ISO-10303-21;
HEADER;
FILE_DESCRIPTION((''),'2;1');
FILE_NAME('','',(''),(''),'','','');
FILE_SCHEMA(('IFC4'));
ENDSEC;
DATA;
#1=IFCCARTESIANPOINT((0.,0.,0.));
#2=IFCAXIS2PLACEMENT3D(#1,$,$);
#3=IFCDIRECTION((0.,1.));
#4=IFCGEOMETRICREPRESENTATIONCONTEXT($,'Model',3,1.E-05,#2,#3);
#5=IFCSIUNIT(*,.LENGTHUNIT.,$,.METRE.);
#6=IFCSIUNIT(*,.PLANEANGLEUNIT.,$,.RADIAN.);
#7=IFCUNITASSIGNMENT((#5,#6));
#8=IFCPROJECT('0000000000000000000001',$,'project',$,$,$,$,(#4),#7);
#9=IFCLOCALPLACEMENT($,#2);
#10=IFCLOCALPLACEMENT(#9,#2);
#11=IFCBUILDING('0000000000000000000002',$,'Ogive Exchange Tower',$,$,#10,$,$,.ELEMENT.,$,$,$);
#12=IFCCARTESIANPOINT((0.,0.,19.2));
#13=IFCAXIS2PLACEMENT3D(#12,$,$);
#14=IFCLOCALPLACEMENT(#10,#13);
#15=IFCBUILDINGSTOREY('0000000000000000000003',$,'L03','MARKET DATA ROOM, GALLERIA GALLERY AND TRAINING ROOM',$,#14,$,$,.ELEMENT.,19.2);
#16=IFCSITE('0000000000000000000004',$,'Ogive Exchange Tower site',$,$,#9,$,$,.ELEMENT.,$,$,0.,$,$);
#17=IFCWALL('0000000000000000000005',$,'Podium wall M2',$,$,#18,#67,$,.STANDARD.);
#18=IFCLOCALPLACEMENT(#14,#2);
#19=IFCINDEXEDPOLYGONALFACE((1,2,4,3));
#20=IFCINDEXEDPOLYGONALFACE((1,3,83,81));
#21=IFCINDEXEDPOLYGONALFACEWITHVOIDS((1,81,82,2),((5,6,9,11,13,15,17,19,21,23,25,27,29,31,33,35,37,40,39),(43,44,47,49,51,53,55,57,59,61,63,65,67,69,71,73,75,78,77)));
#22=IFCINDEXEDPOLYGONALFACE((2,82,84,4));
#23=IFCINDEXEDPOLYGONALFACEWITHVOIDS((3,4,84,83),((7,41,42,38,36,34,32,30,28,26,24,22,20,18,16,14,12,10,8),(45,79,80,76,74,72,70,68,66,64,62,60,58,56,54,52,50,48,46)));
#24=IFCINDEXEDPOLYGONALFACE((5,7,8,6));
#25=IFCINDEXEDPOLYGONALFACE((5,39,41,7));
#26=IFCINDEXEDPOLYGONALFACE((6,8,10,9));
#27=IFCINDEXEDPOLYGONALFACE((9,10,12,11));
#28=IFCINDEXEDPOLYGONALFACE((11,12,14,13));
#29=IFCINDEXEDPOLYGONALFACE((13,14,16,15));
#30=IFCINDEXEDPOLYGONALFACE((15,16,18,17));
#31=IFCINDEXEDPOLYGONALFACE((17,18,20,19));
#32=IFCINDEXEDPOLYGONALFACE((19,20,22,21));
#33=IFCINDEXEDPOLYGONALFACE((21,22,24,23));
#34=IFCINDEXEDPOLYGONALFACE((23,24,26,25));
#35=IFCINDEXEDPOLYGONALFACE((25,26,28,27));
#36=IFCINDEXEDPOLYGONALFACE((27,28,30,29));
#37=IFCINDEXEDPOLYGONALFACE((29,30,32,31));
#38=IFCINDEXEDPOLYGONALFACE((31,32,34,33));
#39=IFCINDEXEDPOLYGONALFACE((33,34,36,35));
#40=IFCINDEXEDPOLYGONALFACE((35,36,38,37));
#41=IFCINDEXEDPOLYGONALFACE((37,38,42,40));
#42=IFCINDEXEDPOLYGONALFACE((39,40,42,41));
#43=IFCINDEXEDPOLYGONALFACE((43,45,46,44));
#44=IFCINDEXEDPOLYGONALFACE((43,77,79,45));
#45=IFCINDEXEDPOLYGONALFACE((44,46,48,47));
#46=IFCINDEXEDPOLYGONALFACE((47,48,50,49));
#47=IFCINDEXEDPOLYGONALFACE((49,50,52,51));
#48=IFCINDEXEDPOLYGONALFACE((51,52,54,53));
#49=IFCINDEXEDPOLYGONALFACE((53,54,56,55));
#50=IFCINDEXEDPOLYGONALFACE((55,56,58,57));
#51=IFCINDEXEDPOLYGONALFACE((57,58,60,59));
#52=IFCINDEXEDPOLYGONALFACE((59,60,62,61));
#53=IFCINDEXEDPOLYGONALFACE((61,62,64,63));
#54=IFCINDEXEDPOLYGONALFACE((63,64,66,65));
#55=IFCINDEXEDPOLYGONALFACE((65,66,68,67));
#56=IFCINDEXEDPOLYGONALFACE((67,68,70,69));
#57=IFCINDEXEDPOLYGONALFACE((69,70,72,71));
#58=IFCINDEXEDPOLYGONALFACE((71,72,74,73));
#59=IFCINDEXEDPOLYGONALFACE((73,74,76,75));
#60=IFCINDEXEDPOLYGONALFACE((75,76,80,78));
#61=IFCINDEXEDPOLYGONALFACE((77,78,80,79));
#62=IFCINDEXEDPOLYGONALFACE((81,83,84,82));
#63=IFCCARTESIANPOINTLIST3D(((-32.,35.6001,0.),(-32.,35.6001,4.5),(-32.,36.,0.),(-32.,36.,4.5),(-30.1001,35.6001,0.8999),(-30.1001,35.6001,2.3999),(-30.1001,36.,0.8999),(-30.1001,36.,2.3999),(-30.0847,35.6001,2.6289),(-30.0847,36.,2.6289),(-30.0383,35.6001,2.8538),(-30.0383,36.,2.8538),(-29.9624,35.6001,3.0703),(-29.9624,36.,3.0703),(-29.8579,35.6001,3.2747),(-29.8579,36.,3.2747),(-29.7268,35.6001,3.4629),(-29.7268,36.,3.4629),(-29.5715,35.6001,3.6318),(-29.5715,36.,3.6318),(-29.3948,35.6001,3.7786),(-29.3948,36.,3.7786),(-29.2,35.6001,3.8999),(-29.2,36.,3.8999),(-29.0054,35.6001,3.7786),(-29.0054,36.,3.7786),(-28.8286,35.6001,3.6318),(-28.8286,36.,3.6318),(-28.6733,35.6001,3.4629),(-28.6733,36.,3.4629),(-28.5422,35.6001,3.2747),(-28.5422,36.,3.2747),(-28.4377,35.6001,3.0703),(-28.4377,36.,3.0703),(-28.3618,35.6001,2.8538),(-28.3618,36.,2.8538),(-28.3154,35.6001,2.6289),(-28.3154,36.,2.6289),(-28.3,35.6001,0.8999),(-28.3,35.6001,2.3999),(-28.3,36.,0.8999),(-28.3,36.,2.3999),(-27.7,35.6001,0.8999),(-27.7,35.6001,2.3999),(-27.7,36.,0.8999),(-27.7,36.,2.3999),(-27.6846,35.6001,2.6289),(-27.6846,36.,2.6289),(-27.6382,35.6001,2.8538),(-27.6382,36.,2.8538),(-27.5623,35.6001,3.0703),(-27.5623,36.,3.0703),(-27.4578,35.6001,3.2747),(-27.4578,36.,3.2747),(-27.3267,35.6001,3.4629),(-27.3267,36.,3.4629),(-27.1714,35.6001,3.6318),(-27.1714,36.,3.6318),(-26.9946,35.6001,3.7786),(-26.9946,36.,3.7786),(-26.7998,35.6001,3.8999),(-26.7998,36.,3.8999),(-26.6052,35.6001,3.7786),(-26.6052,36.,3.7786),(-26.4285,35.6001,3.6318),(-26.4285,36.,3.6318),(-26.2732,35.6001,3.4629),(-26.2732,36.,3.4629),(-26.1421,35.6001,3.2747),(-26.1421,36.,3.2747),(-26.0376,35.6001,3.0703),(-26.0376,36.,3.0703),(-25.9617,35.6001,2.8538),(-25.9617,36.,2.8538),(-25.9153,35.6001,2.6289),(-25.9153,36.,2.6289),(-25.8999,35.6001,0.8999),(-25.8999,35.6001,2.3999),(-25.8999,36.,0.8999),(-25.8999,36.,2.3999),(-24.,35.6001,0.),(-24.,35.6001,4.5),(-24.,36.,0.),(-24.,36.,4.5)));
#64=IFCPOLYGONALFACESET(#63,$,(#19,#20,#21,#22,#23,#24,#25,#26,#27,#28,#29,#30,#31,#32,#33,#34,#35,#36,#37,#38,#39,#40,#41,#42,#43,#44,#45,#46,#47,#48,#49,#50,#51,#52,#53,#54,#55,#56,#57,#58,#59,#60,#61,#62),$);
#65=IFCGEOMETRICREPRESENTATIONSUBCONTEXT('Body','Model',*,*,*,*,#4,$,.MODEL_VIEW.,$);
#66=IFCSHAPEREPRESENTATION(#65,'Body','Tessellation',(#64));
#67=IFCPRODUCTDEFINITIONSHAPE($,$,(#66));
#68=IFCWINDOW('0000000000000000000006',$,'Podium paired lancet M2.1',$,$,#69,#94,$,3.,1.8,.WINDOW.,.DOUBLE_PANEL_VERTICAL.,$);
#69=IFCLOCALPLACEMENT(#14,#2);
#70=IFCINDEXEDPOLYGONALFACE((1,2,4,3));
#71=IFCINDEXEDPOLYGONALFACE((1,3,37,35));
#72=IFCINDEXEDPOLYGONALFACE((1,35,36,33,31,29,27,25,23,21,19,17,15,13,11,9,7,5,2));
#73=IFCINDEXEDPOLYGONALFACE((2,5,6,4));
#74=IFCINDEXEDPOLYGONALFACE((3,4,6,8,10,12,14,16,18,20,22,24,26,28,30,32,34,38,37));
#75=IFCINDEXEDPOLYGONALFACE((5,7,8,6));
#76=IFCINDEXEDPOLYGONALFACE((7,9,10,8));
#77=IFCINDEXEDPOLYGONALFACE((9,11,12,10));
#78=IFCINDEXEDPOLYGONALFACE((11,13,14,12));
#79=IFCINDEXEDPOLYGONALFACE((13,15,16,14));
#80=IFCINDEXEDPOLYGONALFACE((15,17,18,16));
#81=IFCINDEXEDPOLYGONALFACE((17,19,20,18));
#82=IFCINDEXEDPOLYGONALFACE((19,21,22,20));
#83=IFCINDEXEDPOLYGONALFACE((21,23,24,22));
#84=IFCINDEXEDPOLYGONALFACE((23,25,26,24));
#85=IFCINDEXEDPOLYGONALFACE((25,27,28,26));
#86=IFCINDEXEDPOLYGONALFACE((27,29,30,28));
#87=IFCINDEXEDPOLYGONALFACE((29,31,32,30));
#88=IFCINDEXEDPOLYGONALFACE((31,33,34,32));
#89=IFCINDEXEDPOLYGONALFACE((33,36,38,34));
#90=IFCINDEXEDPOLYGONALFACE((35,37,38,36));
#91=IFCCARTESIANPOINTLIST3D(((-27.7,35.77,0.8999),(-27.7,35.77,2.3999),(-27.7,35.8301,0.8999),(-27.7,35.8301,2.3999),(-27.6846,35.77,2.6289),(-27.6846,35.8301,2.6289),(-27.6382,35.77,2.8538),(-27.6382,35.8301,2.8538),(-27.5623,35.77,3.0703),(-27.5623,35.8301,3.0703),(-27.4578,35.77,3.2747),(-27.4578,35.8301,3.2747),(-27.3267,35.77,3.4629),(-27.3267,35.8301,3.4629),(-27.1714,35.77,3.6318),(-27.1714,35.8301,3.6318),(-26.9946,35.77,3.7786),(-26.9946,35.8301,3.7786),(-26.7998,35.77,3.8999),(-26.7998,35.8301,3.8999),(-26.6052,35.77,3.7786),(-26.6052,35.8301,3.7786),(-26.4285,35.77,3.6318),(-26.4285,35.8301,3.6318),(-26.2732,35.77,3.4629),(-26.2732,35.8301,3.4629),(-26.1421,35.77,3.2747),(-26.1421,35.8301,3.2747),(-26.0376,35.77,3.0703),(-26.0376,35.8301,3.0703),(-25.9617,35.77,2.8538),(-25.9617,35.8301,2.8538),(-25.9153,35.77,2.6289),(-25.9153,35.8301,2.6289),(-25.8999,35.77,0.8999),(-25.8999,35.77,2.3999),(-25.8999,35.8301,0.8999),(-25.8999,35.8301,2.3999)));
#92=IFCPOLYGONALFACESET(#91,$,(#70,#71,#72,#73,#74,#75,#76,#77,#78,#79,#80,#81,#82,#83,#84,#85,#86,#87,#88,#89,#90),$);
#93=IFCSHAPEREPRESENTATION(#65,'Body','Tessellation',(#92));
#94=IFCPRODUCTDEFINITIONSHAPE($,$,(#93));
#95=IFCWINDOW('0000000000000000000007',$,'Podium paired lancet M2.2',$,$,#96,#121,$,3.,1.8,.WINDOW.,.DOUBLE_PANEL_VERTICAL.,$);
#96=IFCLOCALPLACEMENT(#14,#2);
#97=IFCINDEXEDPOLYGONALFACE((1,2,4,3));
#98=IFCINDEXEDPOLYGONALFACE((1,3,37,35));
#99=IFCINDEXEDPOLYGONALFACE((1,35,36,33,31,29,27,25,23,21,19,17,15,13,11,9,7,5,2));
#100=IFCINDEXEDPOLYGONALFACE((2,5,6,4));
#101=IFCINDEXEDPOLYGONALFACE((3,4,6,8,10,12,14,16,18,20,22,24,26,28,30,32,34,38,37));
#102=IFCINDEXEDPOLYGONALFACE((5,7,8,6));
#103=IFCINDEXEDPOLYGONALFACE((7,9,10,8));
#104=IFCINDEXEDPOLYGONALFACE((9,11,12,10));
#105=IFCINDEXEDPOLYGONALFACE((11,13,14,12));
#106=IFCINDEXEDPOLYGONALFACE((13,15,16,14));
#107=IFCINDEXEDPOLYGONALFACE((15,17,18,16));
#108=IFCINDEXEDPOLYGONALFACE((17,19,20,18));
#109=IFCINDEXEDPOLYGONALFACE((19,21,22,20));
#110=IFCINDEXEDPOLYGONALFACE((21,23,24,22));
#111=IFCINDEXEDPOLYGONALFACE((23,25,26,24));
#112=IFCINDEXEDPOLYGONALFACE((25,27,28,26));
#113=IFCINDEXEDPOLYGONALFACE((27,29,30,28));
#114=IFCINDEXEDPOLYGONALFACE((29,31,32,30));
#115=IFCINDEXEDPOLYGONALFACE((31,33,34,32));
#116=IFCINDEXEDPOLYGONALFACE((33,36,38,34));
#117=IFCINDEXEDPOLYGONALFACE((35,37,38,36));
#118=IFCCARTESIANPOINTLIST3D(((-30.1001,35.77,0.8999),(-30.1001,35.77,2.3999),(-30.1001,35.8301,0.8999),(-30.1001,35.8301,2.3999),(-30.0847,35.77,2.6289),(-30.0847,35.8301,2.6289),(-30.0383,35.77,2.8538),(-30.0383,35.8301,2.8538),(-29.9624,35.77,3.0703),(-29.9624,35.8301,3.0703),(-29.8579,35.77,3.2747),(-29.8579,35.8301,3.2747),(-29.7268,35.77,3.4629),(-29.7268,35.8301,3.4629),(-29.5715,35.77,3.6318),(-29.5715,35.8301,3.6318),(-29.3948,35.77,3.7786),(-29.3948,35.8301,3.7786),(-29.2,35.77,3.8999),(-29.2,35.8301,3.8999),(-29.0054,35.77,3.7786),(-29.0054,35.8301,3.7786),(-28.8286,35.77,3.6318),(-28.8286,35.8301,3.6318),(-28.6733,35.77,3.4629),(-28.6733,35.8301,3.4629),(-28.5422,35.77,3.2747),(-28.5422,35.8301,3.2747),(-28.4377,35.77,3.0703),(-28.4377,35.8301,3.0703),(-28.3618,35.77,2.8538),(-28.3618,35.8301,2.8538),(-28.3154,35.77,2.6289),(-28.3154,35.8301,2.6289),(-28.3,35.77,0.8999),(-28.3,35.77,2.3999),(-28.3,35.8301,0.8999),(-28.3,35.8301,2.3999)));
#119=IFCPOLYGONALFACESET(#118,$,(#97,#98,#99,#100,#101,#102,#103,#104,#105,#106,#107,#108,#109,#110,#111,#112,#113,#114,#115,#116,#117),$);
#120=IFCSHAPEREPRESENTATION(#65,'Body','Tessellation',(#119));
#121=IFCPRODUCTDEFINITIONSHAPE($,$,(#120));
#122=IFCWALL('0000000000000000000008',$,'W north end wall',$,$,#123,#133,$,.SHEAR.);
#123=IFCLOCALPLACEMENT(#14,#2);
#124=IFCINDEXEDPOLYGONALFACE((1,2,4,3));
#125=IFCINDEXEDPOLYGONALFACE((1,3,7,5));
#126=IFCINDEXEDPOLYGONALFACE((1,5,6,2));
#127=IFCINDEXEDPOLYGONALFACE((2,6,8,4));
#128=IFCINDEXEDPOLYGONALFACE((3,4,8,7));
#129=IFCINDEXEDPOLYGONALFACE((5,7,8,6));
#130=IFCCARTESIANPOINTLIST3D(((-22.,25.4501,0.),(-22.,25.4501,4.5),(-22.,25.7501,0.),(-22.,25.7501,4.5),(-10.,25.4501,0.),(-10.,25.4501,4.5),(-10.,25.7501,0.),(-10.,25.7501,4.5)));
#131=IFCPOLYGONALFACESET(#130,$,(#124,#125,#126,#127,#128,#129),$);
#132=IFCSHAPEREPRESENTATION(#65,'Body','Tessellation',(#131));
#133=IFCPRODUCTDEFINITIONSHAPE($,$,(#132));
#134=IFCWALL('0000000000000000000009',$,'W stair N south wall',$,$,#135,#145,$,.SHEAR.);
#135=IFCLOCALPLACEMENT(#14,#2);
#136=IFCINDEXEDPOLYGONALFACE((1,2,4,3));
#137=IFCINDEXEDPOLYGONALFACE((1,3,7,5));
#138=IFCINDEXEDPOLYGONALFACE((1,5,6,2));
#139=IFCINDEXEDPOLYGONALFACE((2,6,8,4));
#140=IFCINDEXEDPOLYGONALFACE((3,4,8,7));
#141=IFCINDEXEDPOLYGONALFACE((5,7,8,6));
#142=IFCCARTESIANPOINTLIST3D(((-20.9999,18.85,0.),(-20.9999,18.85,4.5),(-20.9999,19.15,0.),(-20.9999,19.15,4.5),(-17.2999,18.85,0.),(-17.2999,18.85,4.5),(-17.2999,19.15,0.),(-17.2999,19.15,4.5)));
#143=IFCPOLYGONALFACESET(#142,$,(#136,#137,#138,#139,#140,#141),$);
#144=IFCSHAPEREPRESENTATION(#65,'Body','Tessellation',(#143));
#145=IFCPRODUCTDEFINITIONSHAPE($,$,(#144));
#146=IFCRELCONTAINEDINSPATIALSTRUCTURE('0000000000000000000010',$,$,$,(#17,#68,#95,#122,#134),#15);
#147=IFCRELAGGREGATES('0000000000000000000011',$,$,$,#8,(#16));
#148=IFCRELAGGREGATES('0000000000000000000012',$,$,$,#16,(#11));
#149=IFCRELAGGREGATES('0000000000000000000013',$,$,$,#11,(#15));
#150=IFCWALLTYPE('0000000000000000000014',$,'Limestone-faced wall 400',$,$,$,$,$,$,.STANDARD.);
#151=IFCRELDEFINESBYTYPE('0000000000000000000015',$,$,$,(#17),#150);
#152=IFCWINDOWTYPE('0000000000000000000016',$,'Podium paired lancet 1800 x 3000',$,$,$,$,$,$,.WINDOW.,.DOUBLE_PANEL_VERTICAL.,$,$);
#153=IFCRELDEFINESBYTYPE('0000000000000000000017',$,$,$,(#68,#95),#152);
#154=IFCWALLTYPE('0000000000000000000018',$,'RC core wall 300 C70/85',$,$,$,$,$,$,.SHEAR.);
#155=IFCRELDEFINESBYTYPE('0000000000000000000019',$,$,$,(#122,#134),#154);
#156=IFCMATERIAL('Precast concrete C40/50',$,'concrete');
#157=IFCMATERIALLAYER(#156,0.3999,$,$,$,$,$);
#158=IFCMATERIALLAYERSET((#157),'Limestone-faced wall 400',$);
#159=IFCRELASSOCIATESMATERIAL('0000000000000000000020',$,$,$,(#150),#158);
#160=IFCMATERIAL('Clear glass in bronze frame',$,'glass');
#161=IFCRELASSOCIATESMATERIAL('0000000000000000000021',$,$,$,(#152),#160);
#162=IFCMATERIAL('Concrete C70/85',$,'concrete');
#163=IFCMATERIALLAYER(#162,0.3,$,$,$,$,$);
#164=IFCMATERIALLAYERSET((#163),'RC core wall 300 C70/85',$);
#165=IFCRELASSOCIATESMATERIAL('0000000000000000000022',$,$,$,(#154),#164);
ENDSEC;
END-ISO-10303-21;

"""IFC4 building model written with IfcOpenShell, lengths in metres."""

from ifc_helpers import new_model, si_unit, direction, frame, frame_2d, origin, place, context, subcontext, project, spatial, polyline, rectangle, outline, extrude, material, layer, layer_set, type_object, element, fill, save


model = new_model("IFC4")

# Units and contexts
model_context = context("Model", 3, precision=1e-05, world=origin(), true_north=direction((0.0, 1.0)))
body_context = subcontext(model_context, "Body", "Model", "MODEL_VIEW")
ifc_project = project(units=[si_unit("LENGTHUNIT", "METRE"), si_unit("PLANEANGLEUNIT", "RADIAN")], contexts=[model_context])

# Site, building, storey
site_placement = place(None, origin())
site = spatial("IfcSite", under=ifc_project, at=site_placement, Name="Ogive Exchange Tower site", CompositionType="ELEMENT", RefElevation=0.0)
building_placement = place(site_placement, origin())
building = spatial("IfcBuilding", under=site, at=building_placement, Name="Ogive Exchange Tower", CompositionType="ELEMENT")
storey_placement = place(building_placement, frame((0.0, 0.0, 19.2)))
storey = spatial("IfcBuildingStorey", under=building, at=storey_placement, Name="L03", Description="MARKET DATA ROOM, GALLERIA GALLERY AND TRAINING ROOM", CompositionType="ELEMENT", Elevation=19.2)

# Shared definitions
ifc_material_1 = material(Name="Concrete C70/85", Category="concrete")

# Shared definitions
ifc_material_2 = material(Name="Precast concrete C40/50", Category="concrete")
ifc_layer_1 = layer(ifc_material_2, 0.3999)
ifc_layer_set_1 = layer_set([ifc_layer_1], Name="Limestone-faced wall 400")
wall_type_1 = type_object("IfcWallType", Name="Limestone-faced wall 400", PredefinedType="STANDARD", material=ifc_layer_set_1)

# Wall, openings, windows
wall_1_placement = place(storey_placement, frame((-24.0, 35.8, 0.0), z_axis=(0.0, 0.0, 1.0), x_axis=(-1.0, 0.0, 0.0)))
wall_1 = element("IfcWall", 1, at=wall_1_placement, inside=storey, type_object=wall_type_1, Name="Podium wall M2", PredefinedType="STANDARD", context=body_context, shape_type="SweptSolid", body=[
    extrude(rectangle(XDim=8.0, YDim=0.3999, at=frame_2d((4.0, 0.0))), origin(), (0.0, 0.0, 1.0), 4.5),
])
opening_1_placement = place(wall_1_placement, frame((1.8999, 0.0, 0.8999)))
opening_1 = element("IfcOpeningElement", 2, at=opening_1_placement, cuts=wall_1, PredefinedType="OPENING", context=body_context, shape_type="SweptSolid", body=[
    extrude(outline(polyline([(0.0, 0.0), (1.8, 0.0), (1.8, 1.5), (1.7847, 1.729), (1.7383, 1.9539), (1.6624, 2.1704), (1.5579, 2.3748), (1.4268, 2.563), (1.2715, 2.7319), (1.0947, 2.8787), (0.8999, 3.0), (0.7053, 2.8787), (0.5286, 2.7319), (0.3733, 2.563), (0.2422, 2.3748), (0.1377, 2.1704), (0.0618, 1.9539), (0.0154, 1.729), (0.0, 1.5), (0.0, 0.0)])), frame((0.0, 0.21, 0.0), z_axis=(0.0, -1.0, 0.0), x_axis=(1.0, 0.0, 0.0)), (0.0, 0.0, 1.0), 0.4199),
])
opening_2_placement = place(wall_1_placement, frame((4.3, 0.0, 0.8999)))
opening_2 = element("IfcOpeningElement", 3, at=opening_2_placement, cuts=wall_1, PredefinedType="OPENING", context=body_context, shape_type="SweptSolid", body=[
    extrude(outline(polyline([(0.0, 0.0), (1.8, 0.0), (1.8, 1.5), (1.7847, 1.729), (1.7383, 1.9539), (1.6624, 2.1704), (1.5579, 2.3748), (1.4268, 2.563), (1.2715, 2.7319), (1.0947, 2.8787), (0.8999, 3.0), (0.7053, 2.8787), (0.5286, 2.7319), (0.3733, 2.563), (0.2422, 2.3748), (0.1377, 2.1704), (0.0618, 1.9539), (0.0154, 1.729), (0.0, 1.5), (0.0, 0.0)])), frame((0.0, 0.21, 0.0), z_axis=(0.0, -1.0, 0.0), x_axis=(1.0, 0.0, 0.0)), (0.0, 0.0, 1.0), 0.4199),
])
ifc_material_3 = material(Name="Clear glass in bronze frame", Category="glass")
window_type = type_object("IfcWindowType", Name="Podium paired lancet 1800 x 3000", PartitioningType="DOUBLE_PANEL_VERTICAL", PredefinedType="WINDOW", material=ifc_material_3)
window_1_placement = place(opening_1_placement, origin())
window_1 = element("IfcWindow", 4, at=window_1_placement, inside=storey, type_object=window_type, Name="Podium paired lancet M2.1", OverallHeight=3.0, OverallWidth=1.8, PartitioningType="DOUBLE_PANEL_VERTICAL", PredefinedType="WINDOW", context=body_context, shape_type="SweptSolid", body=[
    extrude(outline(polyline([(0.0, 0.0), (1.8, 0.0), (1.8, 1.5), (1.7847, 1.729), (1.7383, 1.9539), (1.6624, 2.1704), (1.5579, 2.3748), (1.4268, 2.563), (1.2715, 2.7319), (1.0947, 2.8787), (0.8999, 3.0), (0.7053, 2.8787), (0.5286, 2.7319), (0.3733, 2.563), (0.2422, 2.3748), (0.1377, 2.1704), (0.0618, 1.9539), (0.0154, 1.729), (0.0, 1.5), (0.0, 0.0)])), frame((0.0, 0.03, 0.0), z_axis=(0.0, -1.0, 0.0), x_axis=(1.0, 0.0, 0.0)), (0.0, 0.0, 1.0), 0.0601),
])
fill(opening_1, window_1)
window_2_placement = place(opening_2_placement, origin())
window_2 = element("IfcWindow", 5, at=window_2_placement, inside=storey, type_object=window_type, Name="Podium paired lancet M2.2", OverallHeight=3.0, OverallWidth=1.8, PartitioningType="DOUBLE_PANEL_VERTICAL", PredefinedType="WINDOW", context=body_context, shape_type="SweptSolid", body=[
    extrude(outline(polyline([(0.0, 0.0), (1.8, 0.0), (1.8, 1.5), (1.7847, 1.729), (1.7383, 1.9539), (1.6624, 2.1704), (1.5579, 2.3748), (1.4268, 2.563), (1.2715, 2.7319), (1.0947, 2.8787), (0.8999, 3.0), (0.7053, 2.8787), (0.5286, 2.7319), (0.3733, 2.563), (0.2422, 2.3748), (0.1377, 2.1704), (0.0618, 1.9539), (0.0154, 1.729), (0.0, 1.5), (0.0, 0.0)])), frame((0.0, 0.03, 0.0), z_axis=(0.0, -1.0, 0.0), x_axis=(1.0, 0.0, 0.0)), (0.0, 0.0, 1.0), 0.0601),
])
fill(opening_2, window_2)

# Walls
ifc_layer_2 = layer(ifc_material_1, 0.3)
ifc_layer_set_2 = layer_set([ifc_layer_2], Name="RC core wall 300 C70/85")
wall_type_2 = type_object("IfcWallType", Name="RC core wall 300 C70/85", PredefinedType="SHEAR", material=ifc_layer_set_2)
wall_2_placement = place(storey_placement, frame((-22.0, 25.6001, 0.0), z_axis=(0.0, 0.0, 1.0), x_axis=(1.0, 0.0, 0.0)))
element("IfcWall", 6, at=wall_2_placement, inside=storey, type_object=wall_type_2, Name="W north end wall", PredefinedType="SHEAR", context=body_context, shape_type="SweptSolid", body=[
    extrude(rectangle(XDim=12.0, YDim=0.3, at=frame_2d((6.0, 0.0))), origin(), (0.0, 0.0, 1.0), 4.5),
])
wall_3_placement = place(storey_placement, frame((-21.0, 19.0, 0.0), z_axis=(0.0, 0.0, 1.0), x_axis=(1.0, 0.0, 0.0)))
element("IfcWall", 7, at=wall_3_placement, inside=storey, type_object=wall_type_2, Name="W stair N south wall", PredefinedType="SHEAR", context=body_context, shape_type="SweptSolid", body=[
    extrude(rectangle(XDim=3.7, YDim=0.3, at=frame_2d((1.8501, 0.0))), origin(), (0.0, 0.0, 1.0), 4.5),
])

save(model, "model.ifc")
